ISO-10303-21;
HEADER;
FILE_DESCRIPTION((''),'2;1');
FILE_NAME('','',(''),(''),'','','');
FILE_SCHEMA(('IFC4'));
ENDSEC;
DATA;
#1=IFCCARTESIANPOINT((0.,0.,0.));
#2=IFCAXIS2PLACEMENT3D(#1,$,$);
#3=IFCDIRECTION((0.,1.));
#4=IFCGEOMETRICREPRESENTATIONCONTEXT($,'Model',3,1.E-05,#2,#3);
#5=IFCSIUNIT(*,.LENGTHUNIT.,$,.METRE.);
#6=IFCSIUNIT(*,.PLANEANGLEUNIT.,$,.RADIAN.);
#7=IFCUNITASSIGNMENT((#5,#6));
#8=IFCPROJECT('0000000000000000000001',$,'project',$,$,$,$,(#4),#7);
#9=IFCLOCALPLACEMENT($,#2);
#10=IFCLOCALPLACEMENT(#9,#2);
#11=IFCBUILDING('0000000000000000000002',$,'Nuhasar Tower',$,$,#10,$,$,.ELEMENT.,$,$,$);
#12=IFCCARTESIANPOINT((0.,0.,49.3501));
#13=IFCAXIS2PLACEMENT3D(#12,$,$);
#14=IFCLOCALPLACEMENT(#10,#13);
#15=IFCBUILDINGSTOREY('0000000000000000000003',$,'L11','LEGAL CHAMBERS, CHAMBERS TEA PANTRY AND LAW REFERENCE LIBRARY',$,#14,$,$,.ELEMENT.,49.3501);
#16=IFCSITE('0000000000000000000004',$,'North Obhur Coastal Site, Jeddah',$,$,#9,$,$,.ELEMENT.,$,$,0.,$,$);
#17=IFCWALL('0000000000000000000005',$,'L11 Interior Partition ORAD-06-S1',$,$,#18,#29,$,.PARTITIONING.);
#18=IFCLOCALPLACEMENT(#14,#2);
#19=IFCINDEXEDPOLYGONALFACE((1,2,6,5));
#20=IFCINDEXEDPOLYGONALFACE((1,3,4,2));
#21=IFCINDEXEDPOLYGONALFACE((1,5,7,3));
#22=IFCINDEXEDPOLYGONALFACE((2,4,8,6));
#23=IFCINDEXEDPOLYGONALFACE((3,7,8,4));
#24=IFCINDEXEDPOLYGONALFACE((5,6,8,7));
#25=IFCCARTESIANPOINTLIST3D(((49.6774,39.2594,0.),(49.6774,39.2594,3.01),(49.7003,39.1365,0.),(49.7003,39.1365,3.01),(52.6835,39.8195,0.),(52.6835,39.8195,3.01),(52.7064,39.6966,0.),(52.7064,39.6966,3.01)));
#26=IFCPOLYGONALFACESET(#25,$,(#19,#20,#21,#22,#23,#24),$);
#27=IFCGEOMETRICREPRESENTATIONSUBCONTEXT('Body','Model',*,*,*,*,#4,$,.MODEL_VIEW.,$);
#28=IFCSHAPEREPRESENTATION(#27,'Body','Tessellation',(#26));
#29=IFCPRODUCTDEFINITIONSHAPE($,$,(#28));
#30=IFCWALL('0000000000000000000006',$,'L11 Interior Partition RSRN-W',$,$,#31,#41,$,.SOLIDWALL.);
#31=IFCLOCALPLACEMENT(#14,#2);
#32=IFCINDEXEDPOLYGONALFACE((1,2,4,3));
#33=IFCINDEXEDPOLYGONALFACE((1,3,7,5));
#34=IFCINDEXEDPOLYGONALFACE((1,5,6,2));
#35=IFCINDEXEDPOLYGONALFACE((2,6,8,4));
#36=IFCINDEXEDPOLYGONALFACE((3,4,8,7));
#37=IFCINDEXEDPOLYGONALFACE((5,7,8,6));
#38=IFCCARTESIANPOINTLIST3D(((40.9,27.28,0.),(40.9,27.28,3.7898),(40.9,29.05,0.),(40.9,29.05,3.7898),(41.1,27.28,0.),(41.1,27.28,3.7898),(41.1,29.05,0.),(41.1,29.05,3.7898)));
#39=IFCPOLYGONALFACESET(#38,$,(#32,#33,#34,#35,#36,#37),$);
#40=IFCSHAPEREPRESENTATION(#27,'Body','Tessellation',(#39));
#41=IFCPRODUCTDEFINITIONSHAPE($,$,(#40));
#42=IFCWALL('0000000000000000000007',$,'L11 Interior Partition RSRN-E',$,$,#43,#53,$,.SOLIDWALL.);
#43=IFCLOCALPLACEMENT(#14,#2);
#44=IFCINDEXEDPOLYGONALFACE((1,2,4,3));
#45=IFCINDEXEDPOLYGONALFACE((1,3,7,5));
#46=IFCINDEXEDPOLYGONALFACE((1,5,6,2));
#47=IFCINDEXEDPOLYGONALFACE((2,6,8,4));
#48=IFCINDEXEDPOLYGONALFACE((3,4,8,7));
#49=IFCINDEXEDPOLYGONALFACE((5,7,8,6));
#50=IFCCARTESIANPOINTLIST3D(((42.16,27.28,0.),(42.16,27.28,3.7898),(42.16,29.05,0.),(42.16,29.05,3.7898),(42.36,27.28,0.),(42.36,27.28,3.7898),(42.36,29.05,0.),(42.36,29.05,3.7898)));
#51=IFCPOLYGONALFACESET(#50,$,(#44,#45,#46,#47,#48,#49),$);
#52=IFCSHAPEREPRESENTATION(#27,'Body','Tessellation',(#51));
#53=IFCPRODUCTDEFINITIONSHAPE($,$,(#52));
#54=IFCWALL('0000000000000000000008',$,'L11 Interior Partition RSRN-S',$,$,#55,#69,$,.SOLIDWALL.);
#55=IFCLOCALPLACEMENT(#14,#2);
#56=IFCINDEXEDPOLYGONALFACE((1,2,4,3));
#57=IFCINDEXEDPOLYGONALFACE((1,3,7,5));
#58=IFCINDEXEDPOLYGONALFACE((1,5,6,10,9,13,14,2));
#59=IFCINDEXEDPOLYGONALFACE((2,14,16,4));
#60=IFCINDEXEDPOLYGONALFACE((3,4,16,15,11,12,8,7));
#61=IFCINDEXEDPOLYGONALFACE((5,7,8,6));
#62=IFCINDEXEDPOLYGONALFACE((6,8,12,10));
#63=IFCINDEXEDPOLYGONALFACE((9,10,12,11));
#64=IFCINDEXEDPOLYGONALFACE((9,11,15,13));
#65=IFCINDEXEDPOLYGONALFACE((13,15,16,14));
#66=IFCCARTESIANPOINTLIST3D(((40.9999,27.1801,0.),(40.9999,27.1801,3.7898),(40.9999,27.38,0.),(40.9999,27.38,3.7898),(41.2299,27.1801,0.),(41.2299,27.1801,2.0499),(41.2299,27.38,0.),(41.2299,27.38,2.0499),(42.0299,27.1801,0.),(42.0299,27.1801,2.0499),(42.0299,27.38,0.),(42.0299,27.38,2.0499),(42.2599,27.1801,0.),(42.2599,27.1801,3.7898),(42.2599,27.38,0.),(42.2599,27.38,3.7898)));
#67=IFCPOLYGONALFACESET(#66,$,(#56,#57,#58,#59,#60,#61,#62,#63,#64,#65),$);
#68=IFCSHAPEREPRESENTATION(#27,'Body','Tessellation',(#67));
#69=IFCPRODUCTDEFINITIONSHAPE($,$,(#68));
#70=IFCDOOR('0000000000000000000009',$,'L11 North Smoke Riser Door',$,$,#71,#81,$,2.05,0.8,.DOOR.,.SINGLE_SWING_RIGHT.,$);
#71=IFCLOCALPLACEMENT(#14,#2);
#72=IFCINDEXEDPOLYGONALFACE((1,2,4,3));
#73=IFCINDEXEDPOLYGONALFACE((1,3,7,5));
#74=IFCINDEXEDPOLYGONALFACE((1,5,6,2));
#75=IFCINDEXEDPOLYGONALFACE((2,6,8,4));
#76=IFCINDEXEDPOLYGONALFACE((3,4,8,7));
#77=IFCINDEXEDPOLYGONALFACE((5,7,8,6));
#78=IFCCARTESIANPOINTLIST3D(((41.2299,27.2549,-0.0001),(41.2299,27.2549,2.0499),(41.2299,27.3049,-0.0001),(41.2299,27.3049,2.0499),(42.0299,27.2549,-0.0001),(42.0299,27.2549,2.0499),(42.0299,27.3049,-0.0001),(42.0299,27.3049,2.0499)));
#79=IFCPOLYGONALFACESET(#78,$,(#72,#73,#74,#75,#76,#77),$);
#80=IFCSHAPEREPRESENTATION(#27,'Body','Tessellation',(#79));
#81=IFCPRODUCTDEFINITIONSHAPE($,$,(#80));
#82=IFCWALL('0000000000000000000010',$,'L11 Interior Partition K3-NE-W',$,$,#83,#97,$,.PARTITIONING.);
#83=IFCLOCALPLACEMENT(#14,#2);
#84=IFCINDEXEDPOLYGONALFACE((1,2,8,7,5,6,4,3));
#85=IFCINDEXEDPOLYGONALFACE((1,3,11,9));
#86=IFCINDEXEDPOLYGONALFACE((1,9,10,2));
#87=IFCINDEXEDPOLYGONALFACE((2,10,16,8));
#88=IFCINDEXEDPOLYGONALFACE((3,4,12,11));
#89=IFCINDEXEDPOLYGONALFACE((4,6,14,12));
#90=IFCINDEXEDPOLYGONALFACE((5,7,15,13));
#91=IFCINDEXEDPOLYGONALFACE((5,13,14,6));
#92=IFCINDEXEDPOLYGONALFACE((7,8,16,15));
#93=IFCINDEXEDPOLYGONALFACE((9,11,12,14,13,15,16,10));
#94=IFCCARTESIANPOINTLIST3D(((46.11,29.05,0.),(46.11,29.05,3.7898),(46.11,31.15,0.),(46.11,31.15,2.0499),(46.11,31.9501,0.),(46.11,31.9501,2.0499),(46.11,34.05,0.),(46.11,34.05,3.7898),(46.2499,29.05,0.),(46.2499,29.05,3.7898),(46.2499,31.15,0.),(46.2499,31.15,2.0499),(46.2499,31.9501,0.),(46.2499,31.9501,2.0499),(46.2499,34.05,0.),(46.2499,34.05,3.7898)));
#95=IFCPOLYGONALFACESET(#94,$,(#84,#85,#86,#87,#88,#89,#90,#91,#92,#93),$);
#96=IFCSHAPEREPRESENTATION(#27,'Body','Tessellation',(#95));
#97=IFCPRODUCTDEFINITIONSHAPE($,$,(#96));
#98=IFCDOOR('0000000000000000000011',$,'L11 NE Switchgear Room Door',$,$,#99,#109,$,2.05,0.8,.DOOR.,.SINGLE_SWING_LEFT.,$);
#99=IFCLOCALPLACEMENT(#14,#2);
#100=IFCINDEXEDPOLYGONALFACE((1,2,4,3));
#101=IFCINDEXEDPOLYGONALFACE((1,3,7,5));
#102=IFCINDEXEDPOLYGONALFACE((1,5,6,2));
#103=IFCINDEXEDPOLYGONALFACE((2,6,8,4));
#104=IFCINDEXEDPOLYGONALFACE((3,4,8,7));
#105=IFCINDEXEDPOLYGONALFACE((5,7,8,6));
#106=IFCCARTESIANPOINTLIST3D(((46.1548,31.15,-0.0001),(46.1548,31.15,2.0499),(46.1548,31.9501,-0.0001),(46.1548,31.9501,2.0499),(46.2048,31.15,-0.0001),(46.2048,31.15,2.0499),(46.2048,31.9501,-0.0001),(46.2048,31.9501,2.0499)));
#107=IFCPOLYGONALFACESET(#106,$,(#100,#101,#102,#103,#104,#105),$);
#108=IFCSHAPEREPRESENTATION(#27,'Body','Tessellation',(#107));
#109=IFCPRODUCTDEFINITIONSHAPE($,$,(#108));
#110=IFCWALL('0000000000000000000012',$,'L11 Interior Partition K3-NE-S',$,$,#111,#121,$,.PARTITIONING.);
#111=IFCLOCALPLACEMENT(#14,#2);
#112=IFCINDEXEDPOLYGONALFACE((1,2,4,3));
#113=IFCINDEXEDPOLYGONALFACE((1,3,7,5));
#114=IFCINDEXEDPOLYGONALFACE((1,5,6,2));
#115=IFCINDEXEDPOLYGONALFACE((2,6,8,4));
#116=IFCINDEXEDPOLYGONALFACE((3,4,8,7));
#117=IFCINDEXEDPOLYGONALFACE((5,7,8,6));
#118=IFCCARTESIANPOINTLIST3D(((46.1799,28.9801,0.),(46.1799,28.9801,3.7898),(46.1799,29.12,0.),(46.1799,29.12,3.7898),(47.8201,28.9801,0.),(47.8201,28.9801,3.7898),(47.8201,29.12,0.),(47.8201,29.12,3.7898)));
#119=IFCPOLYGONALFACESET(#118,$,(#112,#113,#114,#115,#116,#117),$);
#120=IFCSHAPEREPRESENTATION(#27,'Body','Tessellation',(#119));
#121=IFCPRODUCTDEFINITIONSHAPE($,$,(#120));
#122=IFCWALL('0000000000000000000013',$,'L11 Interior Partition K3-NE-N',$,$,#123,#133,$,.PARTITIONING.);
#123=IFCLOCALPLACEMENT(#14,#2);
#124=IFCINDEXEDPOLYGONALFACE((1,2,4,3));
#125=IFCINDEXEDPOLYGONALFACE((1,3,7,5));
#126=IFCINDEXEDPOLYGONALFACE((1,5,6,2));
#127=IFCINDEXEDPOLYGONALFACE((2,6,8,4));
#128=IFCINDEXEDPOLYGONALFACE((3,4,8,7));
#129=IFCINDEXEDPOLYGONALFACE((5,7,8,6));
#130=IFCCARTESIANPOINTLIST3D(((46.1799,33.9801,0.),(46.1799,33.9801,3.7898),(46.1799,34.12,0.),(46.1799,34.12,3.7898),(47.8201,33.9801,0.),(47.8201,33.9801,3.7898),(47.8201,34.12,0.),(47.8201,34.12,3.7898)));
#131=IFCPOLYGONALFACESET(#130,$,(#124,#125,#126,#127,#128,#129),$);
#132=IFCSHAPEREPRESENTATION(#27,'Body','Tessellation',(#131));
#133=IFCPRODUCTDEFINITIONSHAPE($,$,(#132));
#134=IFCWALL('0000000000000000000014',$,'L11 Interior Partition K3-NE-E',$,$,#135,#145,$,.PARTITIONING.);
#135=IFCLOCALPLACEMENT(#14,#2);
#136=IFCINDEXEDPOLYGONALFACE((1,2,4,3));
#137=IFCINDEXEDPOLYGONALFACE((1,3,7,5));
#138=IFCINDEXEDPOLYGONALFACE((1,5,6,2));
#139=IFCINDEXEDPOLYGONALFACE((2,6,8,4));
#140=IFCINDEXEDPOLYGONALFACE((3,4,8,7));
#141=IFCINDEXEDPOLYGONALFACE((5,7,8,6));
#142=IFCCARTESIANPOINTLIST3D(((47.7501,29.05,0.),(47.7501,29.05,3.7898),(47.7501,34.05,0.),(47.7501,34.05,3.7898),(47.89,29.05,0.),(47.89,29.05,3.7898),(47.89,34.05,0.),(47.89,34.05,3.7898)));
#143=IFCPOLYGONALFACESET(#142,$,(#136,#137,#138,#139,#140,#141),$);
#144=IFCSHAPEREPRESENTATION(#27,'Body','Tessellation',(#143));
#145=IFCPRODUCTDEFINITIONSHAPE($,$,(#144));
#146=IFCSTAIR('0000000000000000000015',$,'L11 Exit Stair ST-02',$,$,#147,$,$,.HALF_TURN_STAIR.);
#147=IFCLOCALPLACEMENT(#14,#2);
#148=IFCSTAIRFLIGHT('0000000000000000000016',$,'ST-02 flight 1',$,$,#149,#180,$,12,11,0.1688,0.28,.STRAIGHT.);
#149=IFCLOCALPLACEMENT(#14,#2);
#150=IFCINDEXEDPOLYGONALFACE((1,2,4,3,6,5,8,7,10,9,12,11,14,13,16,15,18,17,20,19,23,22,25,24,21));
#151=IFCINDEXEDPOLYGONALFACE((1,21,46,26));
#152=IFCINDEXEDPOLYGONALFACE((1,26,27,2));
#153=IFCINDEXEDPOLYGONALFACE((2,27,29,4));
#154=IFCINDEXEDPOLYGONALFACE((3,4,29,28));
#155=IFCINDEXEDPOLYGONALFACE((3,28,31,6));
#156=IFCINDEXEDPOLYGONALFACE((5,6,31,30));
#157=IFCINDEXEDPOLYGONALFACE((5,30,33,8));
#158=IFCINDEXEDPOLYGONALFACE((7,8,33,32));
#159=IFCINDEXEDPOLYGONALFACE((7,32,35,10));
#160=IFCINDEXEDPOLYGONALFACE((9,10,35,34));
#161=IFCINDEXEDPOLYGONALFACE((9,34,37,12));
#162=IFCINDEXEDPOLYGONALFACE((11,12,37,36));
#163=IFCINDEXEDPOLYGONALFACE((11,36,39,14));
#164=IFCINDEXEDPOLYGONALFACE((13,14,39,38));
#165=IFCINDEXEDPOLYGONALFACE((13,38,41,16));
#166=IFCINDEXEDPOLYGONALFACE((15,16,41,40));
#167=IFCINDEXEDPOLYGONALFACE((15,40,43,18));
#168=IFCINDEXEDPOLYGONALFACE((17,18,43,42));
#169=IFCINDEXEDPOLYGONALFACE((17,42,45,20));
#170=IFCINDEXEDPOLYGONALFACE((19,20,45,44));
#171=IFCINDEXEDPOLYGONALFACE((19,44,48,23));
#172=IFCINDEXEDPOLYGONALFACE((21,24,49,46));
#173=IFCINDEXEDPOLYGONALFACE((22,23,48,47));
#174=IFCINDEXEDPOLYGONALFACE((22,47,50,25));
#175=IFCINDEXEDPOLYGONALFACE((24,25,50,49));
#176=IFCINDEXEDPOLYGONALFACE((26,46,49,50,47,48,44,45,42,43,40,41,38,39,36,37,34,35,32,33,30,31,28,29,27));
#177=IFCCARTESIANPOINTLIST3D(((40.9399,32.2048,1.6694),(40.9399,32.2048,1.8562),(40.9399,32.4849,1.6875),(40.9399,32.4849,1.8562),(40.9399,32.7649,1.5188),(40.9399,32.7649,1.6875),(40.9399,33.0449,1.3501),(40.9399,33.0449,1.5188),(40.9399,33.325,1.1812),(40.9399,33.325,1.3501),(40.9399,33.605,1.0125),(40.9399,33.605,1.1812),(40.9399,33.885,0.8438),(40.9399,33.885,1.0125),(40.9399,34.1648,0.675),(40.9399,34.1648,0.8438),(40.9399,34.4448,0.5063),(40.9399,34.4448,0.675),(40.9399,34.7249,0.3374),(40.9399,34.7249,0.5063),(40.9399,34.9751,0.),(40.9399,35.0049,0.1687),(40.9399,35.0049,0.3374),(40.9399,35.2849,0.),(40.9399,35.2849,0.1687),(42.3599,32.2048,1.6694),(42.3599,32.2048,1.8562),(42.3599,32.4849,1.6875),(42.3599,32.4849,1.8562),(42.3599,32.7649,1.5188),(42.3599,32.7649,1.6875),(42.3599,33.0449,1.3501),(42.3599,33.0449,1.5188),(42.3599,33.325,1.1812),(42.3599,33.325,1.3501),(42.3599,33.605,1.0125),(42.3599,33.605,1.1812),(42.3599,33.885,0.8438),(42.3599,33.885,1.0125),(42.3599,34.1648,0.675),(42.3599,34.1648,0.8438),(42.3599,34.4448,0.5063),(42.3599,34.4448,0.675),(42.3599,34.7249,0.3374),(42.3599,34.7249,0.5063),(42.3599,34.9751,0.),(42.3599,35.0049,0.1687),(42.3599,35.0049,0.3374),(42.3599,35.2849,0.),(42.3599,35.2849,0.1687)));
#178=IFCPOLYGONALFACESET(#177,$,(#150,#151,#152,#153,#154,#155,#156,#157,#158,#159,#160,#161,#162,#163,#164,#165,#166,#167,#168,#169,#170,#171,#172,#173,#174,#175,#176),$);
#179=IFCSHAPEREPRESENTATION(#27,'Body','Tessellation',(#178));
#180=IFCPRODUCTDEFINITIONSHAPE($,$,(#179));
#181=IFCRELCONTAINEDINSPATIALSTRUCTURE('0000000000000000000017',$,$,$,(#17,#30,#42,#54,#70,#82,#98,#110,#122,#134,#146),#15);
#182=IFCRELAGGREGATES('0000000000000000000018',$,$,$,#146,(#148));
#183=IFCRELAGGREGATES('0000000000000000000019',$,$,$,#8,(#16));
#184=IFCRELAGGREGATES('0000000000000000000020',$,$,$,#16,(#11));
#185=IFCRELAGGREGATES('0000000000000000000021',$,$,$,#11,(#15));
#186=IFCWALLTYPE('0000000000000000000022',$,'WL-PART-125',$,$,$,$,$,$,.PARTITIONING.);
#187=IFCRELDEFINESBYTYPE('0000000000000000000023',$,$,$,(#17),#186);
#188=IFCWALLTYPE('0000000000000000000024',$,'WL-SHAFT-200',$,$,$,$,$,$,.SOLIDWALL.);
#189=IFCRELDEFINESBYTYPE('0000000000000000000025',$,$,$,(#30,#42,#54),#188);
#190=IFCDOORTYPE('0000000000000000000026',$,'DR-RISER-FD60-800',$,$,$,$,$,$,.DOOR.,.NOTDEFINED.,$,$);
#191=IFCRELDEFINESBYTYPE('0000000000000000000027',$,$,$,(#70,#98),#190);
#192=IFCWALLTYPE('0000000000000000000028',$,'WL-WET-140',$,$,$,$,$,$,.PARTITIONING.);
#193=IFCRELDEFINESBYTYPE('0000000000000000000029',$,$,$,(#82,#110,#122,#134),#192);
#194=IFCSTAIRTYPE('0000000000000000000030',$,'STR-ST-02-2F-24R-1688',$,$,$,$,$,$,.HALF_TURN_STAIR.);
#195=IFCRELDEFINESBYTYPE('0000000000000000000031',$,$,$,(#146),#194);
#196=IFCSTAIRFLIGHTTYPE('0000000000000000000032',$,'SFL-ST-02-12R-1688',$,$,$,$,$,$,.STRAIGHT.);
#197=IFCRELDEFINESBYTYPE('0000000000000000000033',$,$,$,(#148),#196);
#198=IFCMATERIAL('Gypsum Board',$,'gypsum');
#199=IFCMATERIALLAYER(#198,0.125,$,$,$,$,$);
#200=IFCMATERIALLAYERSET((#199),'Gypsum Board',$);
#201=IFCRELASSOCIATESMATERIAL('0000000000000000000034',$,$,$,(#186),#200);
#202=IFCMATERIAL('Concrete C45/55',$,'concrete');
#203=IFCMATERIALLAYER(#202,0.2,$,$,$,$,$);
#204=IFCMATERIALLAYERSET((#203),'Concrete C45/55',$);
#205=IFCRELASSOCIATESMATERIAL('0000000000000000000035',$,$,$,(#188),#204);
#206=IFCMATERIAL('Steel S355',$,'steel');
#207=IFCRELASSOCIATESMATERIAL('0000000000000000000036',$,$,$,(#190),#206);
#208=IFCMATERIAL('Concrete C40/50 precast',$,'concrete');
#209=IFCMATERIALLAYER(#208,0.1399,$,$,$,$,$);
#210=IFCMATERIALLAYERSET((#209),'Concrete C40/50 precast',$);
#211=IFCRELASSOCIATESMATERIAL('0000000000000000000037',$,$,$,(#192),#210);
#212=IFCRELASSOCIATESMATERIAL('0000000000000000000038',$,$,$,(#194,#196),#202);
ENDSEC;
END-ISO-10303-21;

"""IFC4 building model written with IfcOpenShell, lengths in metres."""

from ifc_helpers import new_model, si_unit, direction, frame, frame_2d, origin, place, context, subcontext, project, spatial, polyline, rectangle, outline, extrude, material, layer, layer_set, type_object, element, fill, aggregate, save


model = new_model("IFC4")

# Units and contexts
model_context = context("Model", 3, precision=1e-05, world=origin(), true_north=direction((0.0, 1.0)))
body_context = subcontext(model_context, "Body", "Model", "MODEL_VIEW")
ifc_project = project(units=[si_unit("LENGTHUNIT", "METRE"), si_unit("PLANEANGLEUNIT", "RADIAN")], contexts=[model_context])

# Site, building, storey
site_placement = place(None, origin())
site = spatial("IfcSite", under=ifc_project, at=site_placement, Name="North Obhur Coastal Site, Jeddah", CompositionType="ELEMENT", RefElevation=0.0)
building_placement = place(site_placement, origin())
building = spatial("IfcBuilding", under=site, at=building_placement, Name="Nuhasar Tower", CompositionType="ELEMENT")
storey_placement = place(building_placement, frame((0.0, 0.0, 49.3501)))
storey = spatial("IfcBuildingStorey", under=building, at=storey_placement, Name="L11", Description="LEGAL CHAMBERS, CHAMBERS TEA PANTRY AND LAW REFERENCE LIBRARY", CompositionType="ELEMENT", Elevation=49.3501)

# Shared definitions
ifc_material_1 = material(Name="Steel S355", Category="steel")

# Shared definitions
ifc_material_2 = material(Name="Concrete C45/55", Category="concrete")

# Walls
ifc_material_3 = material(Name="Gypsum Board", Category="gypsum")
ifc_layer_1 = layer(ifc_material_3, 0.125)
ifc_layer_set_1 = layer_set([ifc_layer_1], Name="Gypsum Board")
wall_type_1 = type_object("IfcWallType", Name="WL-PART-125", PredefinedType="PARTITIONING", material=ifc_layer_set_1)
wall_1_placement = place(storey_placement, frame((49.689, 39.198, 0.0), z_axis=(0.0, 0.0, 1.0), x_axis=(0.983084, 0.183156, 0.0)))
element("IfcWall", 1, at=wall_1_placement, inside=storey, type_object=wall_type_1, Name="L11 Interior Partition ORAD-06-S1", PredefinedType="PARTITIONING", context=body_context, shape_type="SweptSolid", body=[
    extrude(rectangle(XDim=3.0579, YDim=0.125, at=frame_2d((1.5288, 0.0))), origin(), (0.0, 0.0, 1.0), 3.01),
])
ifc_layer_2 = layer(ifc_material_2, 0.2)
ifc_layer_set_2 = layer_set([ifc_layer_2], Name="Concrete C45/55")
wall_type_2 = type_object("IfcWallType", Name="WL-SHAFT-200", PredefinedType="SOLIDWALL", material=ifc_layer_set_2)
for number, where, z_axis, x_axis, name in (
    (2, (41.0, 27.28, 0.0), (0.0, 0.0, 1.0), (0.0, 1.0, 0.0), "L11 Interior Partition RSRN-W"),
    (3, (42.26, 27.28, 0.0), (0.0, 0.0, 1.0), (0.0, 1.0, 0.0), "L11 Interior Partition RSRN-E"),
):
    element("IfcWall", number, at=place(storey_placement, frame(where, z_axis=z_axis, x_axis=x_axis)), inside=storey, type_object=wall_type_2, Name=name, PredefinedType="SOLIDWALL", context=body_context, shape_type="SweptSolid", body=[
        extrude(rectangle(XDim=1.77, YDim=0.2, at=frame_2d((0.885, 0.0))), origin(), (0.0, 0.0, 1.0), 3.7898),
    ])

# Walls, openings, doors
wall_2_placement = place(storey_placement, frame((41.0, 27.28, 0.0), z_axis=(0.0, 0.0, 1.0), x_axis=(1.0, 0.0, 0.0)))
wall_2 = element("IfcWall", 4, at=wall_2_placement, inside=storey, type_object=wall_type_2, Name="L11 Interior Partition RSRN-S", PredefinedType="SOLIDWALL", context=body_context, shape_type="SweptSolid", body=[
    extrude(rectangle(XDim=1.26, YDim=0.2, at=frame_2d((0.6299, 0.0))), origin(), (0.0, 0.0, 1.0), 3.7898),
])
opening_1_placement = place(wall_2_placement, frame((0.23, 0.0, 0.0)))
opening_1 = element("IfcOpeningElement", 5, at=opening_1_placement, cuts=wall_2, PredefinedType="OPENING", context=body_context, shape_type="SweptSolid", body=[
    extrude(rectangle(XDim=0.8, YDim=2.05, at=frame_2d((0.3999, 1.0249))), frame((0.0, 0.1099, 0.0), z_axis=(0.0, -1.0, 0.0), x_axis=(1.0, 0.0, 0.0)), (0.0, 0.0, 1.0), 0.22),
])
door_type_1 = type_object("IfcDoorType", Name="DR-RISER-FD60-800", OperationType="NOTDEFINED", PredefinedType="DOOR", material=ifc_material_1)
door_1_placement = place(opening_1_placement, origin())
door_1 = element("IfcDoor", 6, at=door_1_placement, inside=storey, type_object=door_type_1, Name="L11 North Smoke Riser Door", OperationType="SINGLE_SWING_RIGHT", OverallHeight=2.05, OverallWidth=0.8, PredefinedType="DOOR", context=body_context, shape_type="SweptSolid", body=[
    extrude(rectangle(XDim=0.8, YDim=2.05, at=frame_2d((0.3999, 1.0249))), frame((0.0, 0.0249, 0.0), z_axis=(0.0, -1.0, 0.0), x_axis=(1.0, 0.0, 0.0)), (0.0, 0.0, 1.0), 0.05),
])
fill(opening_1, door_1)
ifc_material_4 = material(Name="Concrete C40/50 precast", Category="concrete")
ifc_layer_3 = layer(ifc_material_4, 0.1399)
ifc_layer_set_3 = layer_set([ifc_layer_3], Name="Concrete C40/50 precast")
wall_type_3 = type_object("IfcWallType", Name="WL-WET-140", PredefinedType="PARTITIONING", material=ifc_layer_set_3)
wall_3_placement = place(storey_placement, frame((46.1799, 34.05, 0.0), z_axis=(0.0, 0.0, 1.0), x_axis=(0.0, -1.0, 0.0)))
wall_3 = element("IfcWall", 7, at=wall_3_placement, inside=storey, type_object=wall_type_3, Name="L11 Interior Partition K3-NE-W", PredefinedType="PARTITIONING", context=body_context, shape_type="SweptSolid", body=[
    extrude(rectangle(XDim=5.0, YDim=0.1399, at=frame_2d((2.5, 0.0))), origin(), (0.0, 0.0, 1.0), 3.7898),
])
opening_2_placement = place(wall_3_placement, frame((2.1001, 0.0, 0.0)))
opening_2 = element("IfcOpeningElement", 8, at=opening_2_placement, cuts=wall_3, PredefinedType="OPENING", context=body_context, shape_type="SweptSolid", body=[
    extrude(rectangle(XDim=0.8, YDim=2.05, at=frame_2d((0.3999, 1.0249))), frame((0.0, 0.0801, 0.0), z_axis=(0.0, -1.0, 0.0), x_axis=(1.0, 0.0, 0.0)), (0.0, 0.0, 1.0), 0.1599),
])
door_2_placement = place(opening_2_placement, origin())
door_2 = element("IfcDoor", 9, at=door_2_placement, inside=storey, type_object=door_type_1, Name="L11 NE Switchgear Room Door", OperationType="SINGLE_SWING_LEFT", OverallHeight=2.05, OverallWidth=0.8, PredefinedType="DOOR", context=body_context, shape_type="SweptSolid", body=[
    extrude(rectangle(XDim=0.8, YDim=2.05, at=frame_2d((0.3999, 1.0249))), frame((0.0, 0.0249, 0.0), z_axis=(0.0, -1.0, 0.0), x_axis=(1.0, 0.0, 0.0)), (0.0, 0.0, 1.0), 0.05),
])
fill(opening_2, door_2)

# Walls
for number, where, z_axis, x_axis, name in (
    (10, (46.1799, 29.05, 0.0), (0.0, 0.0, 1.0), (1.0, 0.0, 0.0), "L11 Interior Partition K3-NE-S"),
    (11, (46.1799, 34.05, 0.0), (0.0, 0.0, 1.0), (1.0, 0.0, 0.0), "L11 Interior Partition K3-NE-N"),
):
    element("IfcWall", number, at=place(storey_placement, frame(where, z_axis=z_axis, x_axis=x_axis)), inside=storey, type_object=wall_type_3, Name=name, PredefinedType="PARTITIONING", context=body_context, shape_type="SweptSolid", body=[
        extrude(rectangle(XDim=1.6401, YDim=0.1399, at=frame_2d((0.8201, 0.0))), origin(), (0.0, 0.0, 1.0), 3.7898),
    ])
wall_4_placement = place(storey_placement, frame((47.8201, 29.05, 0.0), z_axis=(0.0, 0.0, 1.0), x_axis=(0.0, 1.0, 0.0)))
element("IfcWall", 12, at=wall_4_placement, inside=storey, type_object=wall_type_3, Name="L11 Interior Partition K3-NE-E", PredefinedType="PARTITIONING", context=body_context, shape_type="SweptSolid", body=[
    extrude(rectangle(XDim=5.0, YDim=0.1399, at=frame_2d((2.5, 0.0))), origin(), (0.0, 0.0, 1.0), 3.7898),
])

# Stair, stair flight
stair_type_1 = type_object("IfcStairType", Name="STR-ST-02-2F-24R-1688", PredefinedType="HALF_TURN_STAIR", material=ifc_material_2)
stair_1_placement = place(storey_placement, origin())
stair_1 = element("IfcStair", 13, at=stair_1_placement, inside=storey, type_object=stair_type_1, Name="L11 Exit Stair ST-02", PredefinedType="HALF_TURN_STAIR")
stair_flight_type_1 = type_object("IfcStairFlightType", Name="SFL-ST-02-12R-1688", PredefinedType="STRAIGHT", material=ifc_material_2)
stair_flight_1_placement = place(storey_placement, frame((41.6499, 35.2849, 0.0), z_axis=(0.0, 0.0, 1.0), x_axis=(0.0, -1.0, 0.0)))
stair_flight_1 = element("IfcStairFlight", 14, at=stair_flight_1_placement, type_object=stair_flight_type_1, Name="ST-02 flight 1", NumberOfRisers=12, NumberOfTreads=11, PredefinedType="STRAIGHT", RiserHeight=0.1688, TreadLength=0.28, context=body_context, shape_type="SweptSolid", body=[
    extrude(outline(polyline([(0.0, 0.0), (0.0, 0.1687), (0.28, 0.1687), (0.28, 0.3374), (0.5601, 0.3374), (0.5601, 0.5063), (0.8401, 0.5063), (0.8401, 0.675), (1.1201, 0.675), (1.1201, 0.8438), (1.3999, 0.8438), (1.3999, 1.0125), (1.6799, 1.0125), (1.6799, 1.1812), (1.96, 1.1812), (1.96, 1.3501), (2.24, 1.3501), (2.24, 1.5188), (2.52, 1.5188), (2.52, 1.6875), (2.8, 1.6875), (2.8, 1.8562), (3.0801, 1.8562), (3.0801, 2.0249), (3.0801, 1.6694), (0.3098, 0.0), (0.0, 0.0)])), frame((0.0, 0.71, 0.0), z_axis=(0.0, -1.0, 0.0), x_axis=(1.0, 0.0, 0.0)), (0.0, 0.0, 1.0), 1.4199),
])
aggregate(stair_1, [stair_flight_1])

save(model, "model.ifc")
